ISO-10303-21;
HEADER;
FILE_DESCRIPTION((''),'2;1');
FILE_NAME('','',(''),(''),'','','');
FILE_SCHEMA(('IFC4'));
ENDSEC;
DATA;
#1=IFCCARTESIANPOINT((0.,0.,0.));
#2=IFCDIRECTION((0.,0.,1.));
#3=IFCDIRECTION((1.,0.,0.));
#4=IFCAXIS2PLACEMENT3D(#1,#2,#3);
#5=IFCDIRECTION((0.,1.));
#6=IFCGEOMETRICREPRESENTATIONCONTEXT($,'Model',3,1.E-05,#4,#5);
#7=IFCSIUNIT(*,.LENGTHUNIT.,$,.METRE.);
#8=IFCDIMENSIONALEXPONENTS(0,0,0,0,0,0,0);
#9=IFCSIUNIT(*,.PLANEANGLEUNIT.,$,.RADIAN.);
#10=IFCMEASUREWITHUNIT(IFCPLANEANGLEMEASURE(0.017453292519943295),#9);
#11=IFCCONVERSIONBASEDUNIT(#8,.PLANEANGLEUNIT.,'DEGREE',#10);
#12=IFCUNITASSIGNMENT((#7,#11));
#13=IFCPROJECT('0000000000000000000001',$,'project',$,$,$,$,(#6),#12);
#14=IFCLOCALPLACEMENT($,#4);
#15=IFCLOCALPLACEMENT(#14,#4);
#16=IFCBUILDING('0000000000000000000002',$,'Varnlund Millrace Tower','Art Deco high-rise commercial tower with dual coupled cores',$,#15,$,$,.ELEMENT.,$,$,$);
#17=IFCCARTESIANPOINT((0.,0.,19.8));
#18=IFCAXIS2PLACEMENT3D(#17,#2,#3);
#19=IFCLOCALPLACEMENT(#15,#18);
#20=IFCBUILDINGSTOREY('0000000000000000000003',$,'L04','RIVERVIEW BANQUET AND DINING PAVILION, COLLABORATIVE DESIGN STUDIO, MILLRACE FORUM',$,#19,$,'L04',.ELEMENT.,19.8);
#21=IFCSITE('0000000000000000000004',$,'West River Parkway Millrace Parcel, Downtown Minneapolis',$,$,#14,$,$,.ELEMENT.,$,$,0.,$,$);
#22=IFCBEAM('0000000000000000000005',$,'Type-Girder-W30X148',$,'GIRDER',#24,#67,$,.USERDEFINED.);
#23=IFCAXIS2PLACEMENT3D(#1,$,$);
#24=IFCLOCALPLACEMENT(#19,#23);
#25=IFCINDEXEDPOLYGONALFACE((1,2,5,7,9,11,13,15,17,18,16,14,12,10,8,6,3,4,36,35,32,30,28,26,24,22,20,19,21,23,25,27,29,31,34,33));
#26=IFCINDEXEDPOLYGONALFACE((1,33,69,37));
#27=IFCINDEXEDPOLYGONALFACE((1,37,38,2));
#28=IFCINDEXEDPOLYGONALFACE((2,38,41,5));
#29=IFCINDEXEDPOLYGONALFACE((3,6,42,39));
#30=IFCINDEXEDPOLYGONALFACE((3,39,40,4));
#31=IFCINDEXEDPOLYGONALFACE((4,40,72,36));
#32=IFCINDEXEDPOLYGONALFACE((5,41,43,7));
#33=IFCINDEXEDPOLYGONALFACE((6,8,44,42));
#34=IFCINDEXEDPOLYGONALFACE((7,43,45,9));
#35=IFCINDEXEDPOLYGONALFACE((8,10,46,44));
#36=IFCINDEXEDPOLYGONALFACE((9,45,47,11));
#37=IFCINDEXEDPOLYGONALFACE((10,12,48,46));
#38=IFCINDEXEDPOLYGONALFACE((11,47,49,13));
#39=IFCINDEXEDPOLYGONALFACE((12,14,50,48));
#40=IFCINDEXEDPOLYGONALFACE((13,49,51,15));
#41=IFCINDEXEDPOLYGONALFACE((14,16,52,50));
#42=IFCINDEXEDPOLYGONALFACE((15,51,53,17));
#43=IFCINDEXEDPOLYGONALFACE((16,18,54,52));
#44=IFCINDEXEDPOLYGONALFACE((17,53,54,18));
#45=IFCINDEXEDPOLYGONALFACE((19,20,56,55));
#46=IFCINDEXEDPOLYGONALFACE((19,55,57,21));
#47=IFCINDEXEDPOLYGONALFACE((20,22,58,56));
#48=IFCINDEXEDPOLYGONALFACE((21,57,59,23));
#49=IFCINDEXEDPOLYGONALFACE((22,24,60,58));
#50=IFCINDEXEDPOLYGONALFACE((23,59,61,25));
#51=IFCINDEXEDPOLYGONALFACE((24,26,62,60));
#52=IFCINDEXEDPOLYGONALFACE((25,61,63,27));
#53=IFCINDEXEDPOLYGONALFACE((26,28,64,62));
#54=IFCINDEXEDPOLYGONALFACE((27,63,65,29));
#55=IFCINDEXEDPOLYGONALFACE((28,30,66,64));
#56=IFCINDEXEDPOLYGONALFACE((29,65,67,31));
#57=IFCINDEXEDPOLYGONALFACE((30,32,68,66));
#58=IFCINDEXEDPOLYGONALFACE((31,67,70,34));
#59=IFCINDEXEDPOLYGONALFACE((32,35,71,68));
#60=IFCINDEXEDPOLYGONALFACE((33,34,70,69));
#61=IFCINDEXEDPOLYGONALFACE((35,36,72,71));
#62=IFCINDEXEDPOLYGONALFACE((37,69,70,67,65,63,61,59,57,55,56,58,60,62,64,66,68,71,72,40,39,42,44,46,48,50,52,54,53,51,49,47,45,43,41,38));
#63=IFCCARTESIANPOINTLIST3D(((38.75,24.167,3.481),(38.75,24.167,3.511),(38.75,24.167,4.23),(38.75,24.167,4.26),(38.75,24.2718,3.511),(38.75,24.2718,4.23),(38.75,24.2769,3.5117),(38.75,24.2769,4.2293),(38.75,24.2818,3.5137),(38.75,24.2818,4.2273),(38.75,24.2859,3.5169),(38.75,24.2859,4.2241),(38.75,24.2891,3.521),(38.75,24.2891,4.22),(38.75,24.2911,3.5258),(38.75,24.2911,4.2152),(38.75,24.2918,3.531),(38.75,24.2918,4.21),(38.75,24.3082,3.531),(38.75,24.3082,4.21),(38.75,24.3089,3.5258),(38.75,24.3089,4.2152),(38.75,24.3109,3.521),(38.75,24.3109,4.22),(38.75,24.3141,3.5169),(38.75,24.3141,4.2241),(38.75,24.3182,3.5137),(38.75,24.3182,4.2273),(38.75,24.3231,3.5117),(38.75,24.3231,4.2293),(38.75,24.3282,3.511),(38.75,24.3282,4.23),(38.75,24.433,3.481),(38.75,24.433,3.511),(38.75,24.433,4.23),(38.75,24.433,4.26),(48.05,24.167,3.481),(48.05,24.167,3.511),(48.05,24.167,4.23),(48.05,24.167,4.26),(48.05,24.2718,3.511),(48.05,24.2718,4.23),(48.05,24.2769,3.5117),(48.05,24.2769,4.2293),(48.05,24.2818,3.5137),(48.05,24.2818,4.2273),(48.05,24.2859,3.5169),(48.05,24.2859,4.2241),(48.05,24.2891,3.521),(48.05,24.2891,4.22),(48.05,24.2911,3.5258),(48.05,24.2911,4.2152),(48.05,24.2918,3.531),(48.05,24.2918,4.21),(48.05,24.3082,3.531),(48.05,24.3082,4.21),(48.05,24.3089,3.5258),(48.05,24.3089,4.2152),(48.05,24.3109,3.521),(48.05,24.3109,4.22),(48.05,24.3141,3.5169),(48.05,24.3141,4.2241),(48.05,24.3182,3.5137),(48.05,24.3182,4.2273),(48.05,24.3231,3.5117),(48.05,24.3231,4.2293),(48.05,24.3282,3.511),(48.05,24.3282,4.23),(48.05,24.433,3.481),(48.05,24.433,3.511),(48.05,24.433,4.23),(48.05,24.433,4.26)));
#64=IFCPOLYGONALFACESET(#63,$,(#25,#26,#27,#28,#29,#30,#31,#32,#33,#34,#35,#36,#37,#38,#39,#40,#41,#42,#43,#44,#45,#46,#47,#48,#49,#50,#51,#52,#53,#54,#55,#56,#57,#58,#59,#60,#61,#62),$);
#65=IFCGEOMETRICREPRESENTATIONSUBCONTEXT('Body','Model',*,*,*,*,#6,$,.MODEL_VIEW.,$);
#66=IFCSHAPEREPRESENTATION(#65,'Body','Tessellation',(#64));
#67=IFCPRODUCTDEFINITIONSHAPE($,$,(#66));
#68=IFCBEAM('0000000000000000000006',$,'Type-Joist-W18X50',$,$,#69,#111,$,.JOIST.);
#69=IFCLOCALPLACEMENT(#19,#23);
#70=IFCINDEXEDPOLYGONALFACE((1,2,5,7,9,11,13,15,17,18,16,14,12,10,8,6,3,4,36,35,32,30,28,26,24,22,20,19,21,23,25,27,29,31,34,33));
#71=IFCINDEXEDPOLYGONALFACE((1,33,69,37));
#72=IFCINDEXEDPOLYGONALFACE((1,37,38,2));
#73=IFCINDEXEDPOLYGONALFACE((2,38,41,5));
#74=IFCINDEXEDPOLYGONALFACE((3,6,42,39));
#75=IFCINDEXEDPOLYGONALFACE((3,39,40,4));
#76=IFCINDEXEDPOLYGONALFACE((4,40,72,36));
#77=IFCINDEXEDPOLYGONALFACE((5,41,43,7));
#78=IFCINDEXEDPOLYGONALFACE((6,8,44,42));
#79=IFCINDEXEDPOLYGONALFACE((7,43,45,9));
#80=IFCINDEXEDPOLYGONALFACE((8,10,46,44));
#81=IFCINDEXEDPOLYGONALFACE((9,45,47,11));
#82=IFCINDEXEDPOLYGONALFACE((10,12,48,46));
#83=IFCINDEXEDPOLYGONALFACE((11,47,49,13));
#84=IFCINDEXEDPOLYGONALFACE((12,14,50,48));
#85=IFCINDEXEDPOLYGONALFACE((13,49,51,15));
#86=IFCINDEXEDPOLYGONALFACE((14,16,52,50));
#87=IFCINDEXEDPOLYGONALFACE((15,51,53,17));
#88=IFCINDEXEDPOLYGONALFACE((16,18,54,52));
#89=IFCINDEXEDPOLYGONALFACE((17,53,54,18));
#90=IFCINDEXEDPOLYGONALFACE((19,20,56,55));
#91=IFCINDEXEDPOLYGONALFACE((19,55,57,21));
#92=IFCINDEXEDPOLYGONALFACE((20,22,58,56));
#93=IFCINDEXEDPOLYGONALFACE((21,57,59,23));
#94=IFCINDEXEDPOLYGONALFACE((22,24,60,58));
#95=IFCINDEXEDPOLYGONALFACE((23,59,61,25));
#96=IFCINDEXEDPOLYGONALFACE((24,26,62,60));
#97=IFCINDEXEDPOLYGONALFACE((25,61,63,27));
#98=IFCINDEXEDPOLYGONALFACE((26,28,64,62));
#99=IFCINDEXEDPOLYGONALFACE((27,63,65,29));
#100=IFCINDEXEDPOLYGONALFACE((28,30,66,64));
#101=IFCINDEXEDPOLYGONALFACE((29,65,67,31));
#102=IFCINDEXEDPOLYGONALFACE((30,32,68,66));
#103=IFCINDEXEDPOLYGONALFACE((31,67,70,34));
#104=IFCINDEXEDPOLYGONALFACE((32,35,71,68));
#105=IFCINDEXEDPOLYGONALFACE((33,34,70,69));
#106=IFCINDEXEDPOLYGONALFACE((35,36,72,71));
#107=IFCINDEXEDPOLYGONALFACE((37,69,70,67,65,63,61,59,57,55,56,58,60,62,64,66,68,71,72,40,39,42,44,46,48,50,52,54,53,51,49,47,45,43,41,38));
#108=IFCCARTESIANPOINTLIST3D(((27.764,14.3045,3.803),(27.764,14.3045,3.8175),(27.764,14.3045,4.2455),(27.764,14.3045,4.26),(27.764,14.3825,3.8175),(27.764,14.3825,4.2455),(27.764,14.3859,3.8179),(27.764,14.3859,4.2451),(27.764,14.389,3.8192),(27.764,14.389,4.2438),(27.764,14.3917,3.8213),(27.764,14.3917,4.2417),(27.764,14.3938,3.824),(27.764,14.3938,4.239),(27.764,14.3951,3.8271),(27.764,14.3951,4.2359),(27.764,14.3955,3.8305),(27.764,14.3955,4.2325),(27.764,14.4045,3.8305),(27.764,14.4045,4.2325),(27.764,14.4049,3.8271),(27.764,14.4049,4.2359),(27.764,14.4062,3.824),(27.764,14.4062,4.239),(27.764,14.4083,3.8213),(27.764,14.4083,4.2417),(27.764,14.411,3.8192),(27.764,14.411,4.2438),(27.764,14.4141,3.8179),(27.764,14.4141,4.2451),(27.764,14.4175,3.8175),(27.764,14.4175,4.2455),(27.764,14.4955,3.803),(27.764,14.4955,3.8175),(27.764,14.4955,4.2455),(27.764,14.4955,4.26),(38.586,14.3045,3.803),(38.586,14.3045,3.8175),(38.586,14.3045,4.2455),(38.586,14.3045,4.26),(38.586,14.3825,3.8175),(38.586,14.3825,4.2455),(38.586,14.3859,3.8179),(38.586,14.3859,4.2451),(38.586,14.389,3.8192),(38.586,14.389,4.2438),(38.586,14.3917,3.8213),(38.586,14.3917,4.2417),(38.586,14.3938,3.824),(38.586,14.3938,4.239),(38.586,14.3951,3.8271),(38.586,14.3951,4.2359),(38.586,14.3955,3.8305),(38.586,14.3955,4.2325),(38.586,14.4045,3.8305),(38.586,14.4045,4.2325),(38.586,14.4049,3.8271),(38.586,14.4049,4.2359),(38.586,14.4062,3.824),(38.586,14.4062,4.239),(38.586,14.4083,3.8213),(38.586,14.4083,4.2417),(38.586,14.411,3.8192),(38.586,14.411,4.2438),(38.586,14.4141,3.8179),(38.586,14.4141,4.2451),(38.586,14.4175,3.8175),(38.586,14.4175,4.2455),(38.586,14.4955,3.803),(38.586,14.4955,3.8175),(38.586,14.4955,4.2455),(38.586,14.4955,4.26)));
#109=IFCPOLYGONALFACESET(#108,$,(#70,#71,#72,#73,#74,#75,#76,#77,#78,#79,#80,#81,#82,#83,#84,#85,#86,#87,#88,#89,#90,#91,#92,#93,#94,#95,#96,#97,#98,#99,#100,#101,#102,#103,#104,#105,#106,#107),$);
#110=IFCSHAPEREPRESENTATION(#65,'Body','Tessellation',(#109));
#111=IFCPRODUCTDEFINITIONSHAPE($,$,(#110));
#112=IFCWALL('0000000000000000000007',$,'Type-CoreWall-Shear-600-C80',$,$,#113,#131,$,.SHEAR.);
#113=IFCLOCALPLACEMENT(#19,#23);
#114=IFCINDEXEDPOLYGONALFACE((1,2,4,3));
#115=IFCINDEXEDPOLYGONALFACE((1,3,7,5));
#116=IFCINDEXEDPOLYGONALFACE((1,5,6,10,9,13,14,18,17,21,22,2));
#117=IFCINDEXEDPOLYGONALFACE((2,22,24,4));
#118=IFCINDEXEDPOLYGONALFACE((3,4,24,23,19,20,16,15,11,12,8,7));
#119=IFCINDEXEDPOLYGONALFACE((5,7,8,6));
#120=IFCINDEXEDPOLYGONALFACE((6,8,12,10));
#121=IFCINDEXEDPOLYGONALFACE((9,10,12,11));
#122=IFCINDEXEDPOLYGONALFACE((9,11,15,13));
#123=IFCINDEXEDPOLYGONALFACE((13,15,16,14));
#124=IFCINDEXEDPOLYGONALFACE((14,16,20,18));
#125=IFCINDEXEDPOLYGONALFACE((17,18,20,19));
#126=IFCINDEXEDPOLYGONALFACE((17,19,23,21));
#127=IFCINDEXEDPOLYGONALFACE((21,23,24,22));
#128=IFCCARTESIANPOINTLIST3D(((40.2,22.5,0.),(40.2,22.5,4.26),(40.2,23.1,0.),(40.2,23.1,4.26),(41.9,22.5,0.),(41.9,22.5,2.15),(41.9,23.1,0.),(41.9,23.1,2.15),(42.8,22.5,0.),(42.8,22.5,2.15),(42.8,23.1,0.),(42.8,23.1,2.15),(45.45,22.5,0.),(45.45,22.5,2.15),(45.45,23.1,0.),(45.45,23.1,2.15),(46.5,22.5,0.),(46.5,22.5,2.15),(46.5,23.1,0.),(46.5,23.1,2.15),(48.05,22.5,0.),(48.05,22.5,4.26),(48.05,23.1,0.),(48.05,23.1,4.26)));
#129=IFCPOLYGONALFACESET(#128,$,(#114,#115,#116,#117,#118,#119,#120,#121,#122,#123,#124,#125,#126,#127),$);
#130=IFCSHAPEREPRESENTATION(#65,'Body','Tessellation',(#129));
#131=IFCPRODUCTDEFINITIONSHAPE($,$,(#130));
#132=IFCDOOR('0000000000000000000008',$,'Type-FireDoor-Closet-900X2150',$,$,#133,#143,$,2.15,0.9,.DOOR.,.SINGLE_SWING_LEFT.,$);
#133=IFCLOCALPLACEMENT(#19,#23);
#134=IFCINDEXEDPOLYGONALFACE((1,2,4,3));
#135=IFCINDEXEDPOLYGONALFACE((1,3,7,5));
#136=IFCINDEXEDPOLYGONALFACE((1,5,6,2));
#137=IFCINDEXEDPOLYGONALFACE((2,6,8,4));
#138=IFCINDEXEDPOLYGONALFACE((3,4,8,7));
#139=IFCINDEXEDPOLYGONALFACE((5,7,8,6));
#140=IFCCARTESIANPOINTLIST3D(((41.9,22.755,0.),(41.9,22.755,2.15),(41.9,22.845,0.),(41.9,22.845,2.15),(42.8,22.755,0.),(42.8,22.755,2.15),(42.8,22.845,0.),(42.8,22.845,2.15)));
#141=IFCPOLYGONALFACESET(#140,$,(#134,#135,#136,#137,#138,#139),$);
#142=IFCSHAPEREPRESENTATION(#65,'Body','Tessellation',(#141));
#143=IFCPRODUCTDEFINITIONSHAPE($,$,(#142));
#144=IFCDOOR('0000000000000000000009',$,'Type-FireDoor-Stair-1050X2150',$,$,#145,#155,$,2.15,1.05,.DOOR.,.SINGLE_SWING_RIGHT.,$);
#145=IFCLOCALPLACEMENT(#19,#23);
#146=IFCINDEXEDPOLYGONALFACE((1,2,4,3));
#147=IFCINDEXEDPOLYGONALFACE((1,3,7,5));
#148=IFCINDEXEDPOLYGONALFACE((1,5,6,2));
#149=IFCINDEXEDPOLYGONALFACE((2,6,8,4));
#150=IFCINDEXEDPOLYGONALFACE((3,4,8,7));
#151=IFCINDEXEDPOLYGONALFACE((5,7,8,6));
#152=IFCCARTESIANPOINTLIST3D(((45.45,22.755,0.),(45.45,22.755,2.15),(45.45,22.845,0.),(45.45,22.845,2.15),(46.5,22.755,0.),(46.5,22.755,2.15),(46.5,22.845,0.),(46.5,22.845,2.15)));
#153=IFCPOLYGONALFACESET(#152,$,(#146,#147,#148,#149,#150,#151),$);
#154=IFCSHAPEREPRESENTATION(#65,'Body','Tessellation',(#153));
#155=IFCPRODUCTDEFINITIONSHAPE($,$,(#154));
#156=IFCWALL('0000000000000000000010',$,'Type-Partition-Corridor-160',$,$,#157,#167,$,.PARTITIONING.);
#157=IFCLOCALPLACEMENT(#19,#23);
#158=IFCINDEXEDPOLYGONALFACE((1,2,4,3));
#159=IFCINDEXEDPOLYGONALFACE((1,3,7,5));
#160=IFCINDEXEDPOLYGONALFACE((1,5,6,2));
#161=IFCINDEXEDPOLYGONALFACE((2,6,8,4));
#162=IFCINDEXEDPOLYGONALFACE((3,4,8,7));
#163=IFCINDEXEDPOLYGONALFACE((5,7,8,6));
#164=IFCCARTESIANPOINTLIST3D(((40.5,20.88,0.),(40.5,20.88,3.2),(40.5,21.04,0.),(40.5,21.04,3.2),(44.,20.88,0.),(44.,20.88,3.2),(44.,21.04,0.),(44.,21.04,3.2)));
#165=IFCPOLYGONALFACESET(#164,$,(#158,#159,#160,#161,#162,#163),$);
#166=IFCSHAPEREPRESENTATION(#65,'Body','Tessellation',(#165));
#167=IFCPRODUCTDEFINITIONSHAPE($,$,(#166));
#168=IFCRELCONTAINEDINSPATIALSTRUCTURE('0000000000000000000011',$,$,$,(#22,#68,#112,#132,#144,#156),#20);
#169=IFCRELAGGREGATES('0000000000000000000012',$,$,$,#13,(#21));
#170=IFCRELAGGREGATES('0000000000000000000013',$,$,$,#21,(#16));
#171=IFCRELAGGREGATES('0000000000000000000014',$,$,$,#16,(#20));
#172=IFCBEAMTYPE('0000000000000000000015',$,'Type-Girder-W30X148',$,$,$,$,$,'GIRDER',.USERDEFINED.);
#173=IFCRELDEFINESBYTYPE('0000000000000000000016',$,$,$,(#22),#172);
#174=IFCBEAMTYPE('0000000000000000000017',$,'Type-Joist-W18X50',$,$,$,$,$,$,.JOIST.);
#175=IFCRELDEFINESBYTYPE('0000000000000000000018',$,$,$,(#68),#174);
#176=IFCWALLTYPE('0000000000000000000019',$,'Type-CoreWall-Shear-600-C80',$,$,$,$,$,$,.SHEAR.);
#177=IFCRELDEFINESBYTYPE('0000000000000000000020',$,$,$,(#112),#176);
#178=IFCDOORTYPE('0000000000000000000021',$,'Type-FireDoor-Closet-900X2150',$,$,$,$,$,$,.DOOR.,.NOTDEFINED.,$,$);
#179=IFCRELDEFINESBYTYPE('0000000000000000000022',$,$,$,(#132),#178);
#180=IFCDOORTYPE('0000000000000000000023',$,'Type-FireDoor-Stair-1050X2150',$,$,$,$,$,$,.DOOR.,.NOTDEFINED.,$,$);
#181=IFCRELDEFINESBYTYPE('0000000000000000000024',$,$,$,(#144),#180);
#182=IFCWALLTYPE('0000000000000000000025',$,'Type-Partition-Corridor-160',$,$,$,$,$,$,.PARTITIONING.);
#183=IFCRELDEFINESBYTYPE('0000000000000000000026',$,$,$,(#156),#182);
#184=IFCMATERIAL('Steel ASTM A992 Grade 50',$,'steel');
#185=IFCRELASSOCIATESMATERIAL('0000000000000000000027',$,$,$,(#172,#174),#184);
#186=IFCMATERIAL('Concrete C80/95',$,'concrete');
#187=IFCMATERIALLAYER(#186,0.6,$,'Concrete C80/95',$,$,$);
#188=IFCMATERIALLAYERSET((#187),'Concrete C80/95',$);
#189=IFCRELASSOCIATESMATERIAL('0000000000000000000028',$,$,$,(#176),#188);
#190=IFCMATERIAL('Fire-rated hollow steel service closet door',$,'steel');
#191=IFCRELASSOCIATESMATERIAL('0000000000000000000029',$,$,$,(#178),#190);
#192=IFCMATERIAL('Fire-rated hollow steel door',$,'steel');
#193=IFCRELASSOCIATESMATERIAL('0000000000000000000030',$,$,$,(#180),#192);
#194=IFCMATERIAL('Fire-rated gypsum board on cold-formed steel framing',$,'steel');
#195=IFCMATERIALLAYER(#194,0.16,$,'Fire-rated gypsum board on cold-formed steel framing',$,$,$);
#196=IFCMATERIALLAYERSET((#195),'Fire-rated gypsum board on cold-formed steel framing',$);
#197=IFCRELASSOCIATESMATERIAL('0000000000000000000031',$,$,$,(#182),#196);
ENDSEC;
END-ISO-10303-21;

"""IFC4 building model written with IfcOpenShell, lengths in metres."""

from ifc_helpers import new_model, entity, si_unit, converted_unit, direction, frame, origin_with_axes, origin_2d_with_axis, place, context, subcontext, project, spatial, polyline, rectangle, i_section, outline, extrude, material, layer, layer_set, material_profile, profile_set, type_object, element, fill, save


model = new_model("IFC4")

# Units and contexts
model_context = context("Model", 3, precision=1e-05, world=origin_with_axes(), true_north=direction((0.0, 1.0)))
body_context = subcontext(model_context, "Body", "Model", "MODEL_VIEW")
ifc_project = project(units=[si_unit("LENGTHUNIT", "METRE"), converted_unit("PLANEANGLEUNIT", "DEGREE", entity("IfcPlaneAngleMeasure", 0.017453292519943295), si_unit("PLANEANGLEUNIT", "RADIAN"), dimensions=[0, 0, 0, 0, 0, 0, 0])], contexts=[model_context])

# Site, building, storey
site_placement = place(None, origin_with_axes())
site = spatial("IfcSite", under=ifc_project, at=site_placement, Name="West River Parkway Millrace Parcel, Downtown Minneapolis", CompositionType="ELEMENT", RefElevation=0.0)
building_placement = place(site_placement, origin_with_axes())
building = spatial("IfcBuilding", under=site, at=building_placement, Name="Varnlund Millrace Tower", Description="Art Deco high-rise commercial tower with dual coupled cores", CompositionType="ELEMENT")
storey_placement = place(building_placement, frame((0.0, 0.0, 19.8), z_axis=(0.0, 0.0, 1.0), x_axis=(1.0, 0.0, 0.0)))
storey = spatial("IfcBuildingStorey", under=building, at=storey_placement, Name="L04", Description="RIVERVIEW BANQUET AND DINING PAVILION, COLLABORATIVE DESIGN STUDIO, MILLRACE FORUM", LongName="L04", CompositionType="ELEMENT", Elevation=19.8)

# Shared definitions
ifc_material_1 = material(Name="Concrete C80/95", Category="concrete")

# Beams
ifc_material_2 = material(Name="Steel ASTM A992 Grade 50", Category="steel")
ifc_material_profile_1 = material_profile(ifc_material_2, i_section(OverallWidth=0.266, OverallDepth=0.779, WebThickness=0.0165, FlangeThickness=0.03, FilletRadius=0.02, at=origin_2d_with_axis()), Name="Steel ASTM A992 Grade 50")
ifc_profile_set_1 = profile_set([ifc_material_profile_1], Name="Steel ASTM A992 Grade 50")
beam_type_1 = type_object("IfcBeamType", Name="Type-Girder-W30X148", ElementType="GIRDER", PredefinedType="USERDEFINED", material=ifc_profile_set_1)
beam_1_placement = place(storey_placement, frame((38.75, 24.3, 3.8705), z_axis=(1.0, 0.0, 0.0), x_axis=(0.0, 1.0, 0.0)))
element("IfcBeam", 1, at=beam_1_placement, inside=storey, type_object=beam_type_1, Name="Type-Girder-W30X148", ObjectType="GIRDER", PredefinedType="USERDEFINED", context=body_context, shape_type="SweptSolid", body=[
    extrude(i_section(OverallWidth=0.266, OverallDepth=0.779, WebThickness=0.0165, FlangeThickness=0.03, FilletRadius=0.02, at=origin_2d_with_axis()), origin_with_axes(), (0.0, 0.0, 1.0), 9.3),
])
ifc_material_profile_2 = material_profile(ifc_material_2, i_section(OverallWidth=0.191, OverallDepth=0.457, WebThickness=0.009, FlangeThickness=0.0145, FilletRadius=0.013, at=origin_2d_with_axis()), Name="Steel ASTM A992 Grade 50")
ifc_profile_set_2 = profile_set([ifc_material_profile_2], Name="Steel ASTM A992 Grade 50")
beam_type_2 = type_object("IfcBeamType", Name="Type-Joist-W18X50", PredefinedType="JOIST", material=ifc_profile_set_2)
beam_2_placement = place(storey_placement, frame((27.764, 14.4, 4.0315), z_axis=(1.0, 0.0, 0.0), x_axis=(0.0, 1.0, 0.0)))
element("IfcBeam", 2, at=beam_2_placement, inside=storey, type_object=beam_type_2, Name="Type-Joist-W18X50", PredefinedType="JOIST", context=body_context, shape_type="SweptSolid", body=[
    extrude(i_section(OverallWidth=0.191, OverallDepth=0.457, WebThickness=0.009, FlangeThickness=0.0145, FilletRadius=0.013, at=origin_2d_with_axis()), origin_with_axes(), (0.0, 0.0, 1.0), 10.822),
])

# Wall, openings, doors
ifc_layer_1 = layer(ifc_material_1, 0.6, Name="Concrete C80/95")
ifc_layer_set_1 = layer_set([ifc_layer_1], Name="Concrete C80/95")
wall_type_1 = type_object("IfcWallType", Name="Type-CoreWall-Shear-600-C80", PredefinedType="SHEAR", material=ifc_layer_set_1)
wall_1_placement = place(storey_placement, frame((40.2, 22.8, 0.0), z_axis=(0.0, 0.0, 1.0), x_axis=(1.0, 0.0, 0.0)))
wall_1 = element("IfcWall", 3, at=wall_1_placement, inside=storey, type_object=wall_type_1, Name="Type-CoreWall-Shear-600-C80", PredefinedType="SHEAR", context=body_context, shape_type="SweptSolid", body=[
    extrude(outline(polyline([(0.0, -0.3), (7.85, -0.3), (7.85, 0.3), (0.0, 0.3), (0.0, -0.3)])), origin_with_axes(), (0.0, 0.0, 1.0), 4.26),
])
opening_1_placement = place(wall_1_placement, frame((5.775, 0.0, 0.0), z_axis=(0.0, 0.0, 1.0), x_axis=(1.0, 0.0, 0.0)))
opening_1 = element("IfcOpeningElement", 4, at=opening_1_placement, cuts=wall_1, PredefinedType="OPENING", context=body_context, shape_type="SweptSolid", body=[
    extrude(rectangle(XDim=1.05, YDim=0.62, at=origin_2d_with_axis()), origin_with_axes(), (0.0, 0.0, 1.0), 2.15),
])
opening_2_placement = place(wall_1_placement, frame((2.15, 0.0, 0.0), z_axis=(0.0, 0.0, 1.0), x_axis=(1.0, 0.0, 0.0)))
opening_2 = element("IfcOpeningElement", 5, at=opening_2_placement, cuts=wall_1, PredefinedType="OPENING", context=body_context, shape_type="SweptSolid", body=[
    extrude(rectangle(XDim=0.9, YDim=0.62, at=origin_2d_with_axis()), origin_with_axes(), (0.0, 0.0, 1.0), 2.15),
])
ifc_material_3 = material(Name="Fire-rated hollow steel service closet door", Category="steel")
door_type_1 = type_object("IfcDoorType", Name="Type-FireDoor-Closet-900X2150", OperationType="NOTDEFINED", PredefinedType="DOOR", material=ifc_material_3)
door_1_placement = place(wall_1_placement, frame((2.15, 0.0, 0.0), z_axis=(0.0, 0.0, 1.0), x_axis=(1.0, 0.0, 0.0)))
door_1 = element("IfcDoor", 6, at=door_1_placement, inside=storey, type_object=door_type_1, Name="Type-FireDoor-Closet-900X2150", OperationType="SINGLE_SWING_LEFT", OverallHeight=2.15, OverallWidth=0.9, PredefinedType="DOOR", context=body_context, shape_type="SweptSolid", body=[
    extrude(rectangle(XDim=0.9, YDim=0.09, at=origin_2d_with_axis()), origin_with_axes(), (0.0, 0.0, 1.0), 2.15),
])
fill(opening_2, door_1)
ifc_material_4 = material(Name="Fire-rated hollow steel door", Category="steel")
door_type_2 = type_object("IfcDoorType", Name="Type-FireDoor-Stair-1050X2150", OperationType="NOTDEFINED", PredefinedType="DOOR", material=ifc_material_4)
door_2_placement = place(wall_1_placement, frame((5.775, 0.0, 0.0), z_axis=(0.0, 0.0, 1.0), x_axis=(1.0, 0.0, 0.0)))
door_2 = element("IfcDoor", 7, at=door_2_placement, inside=storey, type_object=door_type_2, Name="Type-FireDoor-Stair-1050X2150", OperationType="SINGLE_SWING_RIGHT", OverallHeight=2.15, OverallWidth=1.05, PredefinedType="DOOR", context=body_context, shape_type="SweptSolid", body=[
    extrude(rectangle(XDim=1.05, YDim=0.09, at=origin_2d_with_axis()), origin_with_axes(), (0.0, 0.0, 1.0), 2.15),
])
fill(opening_1, door_2)

# Wall
ifc_material_5 = material(Name="Fire-rated gypsum board on cold-formed steel framing", Category="steel")
ifc_layer_2 = layer(ifc_material_5, 0.16, Name="Fire-rated gypsum board on cold-formed steel framing")
ifc_layer_set_2 = layer_set([ifc_layer_2], Name="Fire-rated gypsum board on cold-formed steel framing")
wall_type_2 = type_object("IfcWallType", Name="Type-Partition-Corridor-160", PredefinedType="PARTITIONING", material=ifc_layer_set_2)
wall_2_placement = place(storey_placement, frame((40.5, 20.96, 0.0), z_axis=(0.0, 0.0, 1.0), x_axis=(1.0, 0.0, 0.0)))
element("IfcWall", 8, at=wall_2_placement, inside=storey, type_object=wall_type_2, Name="Type-Partition-Corridor-160", PredefinedType="PARTITIONING", context=body_context, shape_type="SweptSolid", body=[
    extrude(outline(polyline([(0.0, -0.08), (3.5, -0.08), (3.5, 0.08), (0.0, 0.08), (0.0, -0.08)])), origin_with_axes(), (0.0, 0.0, 1.0), 3.2),
])

save(model, "model.ifc")
